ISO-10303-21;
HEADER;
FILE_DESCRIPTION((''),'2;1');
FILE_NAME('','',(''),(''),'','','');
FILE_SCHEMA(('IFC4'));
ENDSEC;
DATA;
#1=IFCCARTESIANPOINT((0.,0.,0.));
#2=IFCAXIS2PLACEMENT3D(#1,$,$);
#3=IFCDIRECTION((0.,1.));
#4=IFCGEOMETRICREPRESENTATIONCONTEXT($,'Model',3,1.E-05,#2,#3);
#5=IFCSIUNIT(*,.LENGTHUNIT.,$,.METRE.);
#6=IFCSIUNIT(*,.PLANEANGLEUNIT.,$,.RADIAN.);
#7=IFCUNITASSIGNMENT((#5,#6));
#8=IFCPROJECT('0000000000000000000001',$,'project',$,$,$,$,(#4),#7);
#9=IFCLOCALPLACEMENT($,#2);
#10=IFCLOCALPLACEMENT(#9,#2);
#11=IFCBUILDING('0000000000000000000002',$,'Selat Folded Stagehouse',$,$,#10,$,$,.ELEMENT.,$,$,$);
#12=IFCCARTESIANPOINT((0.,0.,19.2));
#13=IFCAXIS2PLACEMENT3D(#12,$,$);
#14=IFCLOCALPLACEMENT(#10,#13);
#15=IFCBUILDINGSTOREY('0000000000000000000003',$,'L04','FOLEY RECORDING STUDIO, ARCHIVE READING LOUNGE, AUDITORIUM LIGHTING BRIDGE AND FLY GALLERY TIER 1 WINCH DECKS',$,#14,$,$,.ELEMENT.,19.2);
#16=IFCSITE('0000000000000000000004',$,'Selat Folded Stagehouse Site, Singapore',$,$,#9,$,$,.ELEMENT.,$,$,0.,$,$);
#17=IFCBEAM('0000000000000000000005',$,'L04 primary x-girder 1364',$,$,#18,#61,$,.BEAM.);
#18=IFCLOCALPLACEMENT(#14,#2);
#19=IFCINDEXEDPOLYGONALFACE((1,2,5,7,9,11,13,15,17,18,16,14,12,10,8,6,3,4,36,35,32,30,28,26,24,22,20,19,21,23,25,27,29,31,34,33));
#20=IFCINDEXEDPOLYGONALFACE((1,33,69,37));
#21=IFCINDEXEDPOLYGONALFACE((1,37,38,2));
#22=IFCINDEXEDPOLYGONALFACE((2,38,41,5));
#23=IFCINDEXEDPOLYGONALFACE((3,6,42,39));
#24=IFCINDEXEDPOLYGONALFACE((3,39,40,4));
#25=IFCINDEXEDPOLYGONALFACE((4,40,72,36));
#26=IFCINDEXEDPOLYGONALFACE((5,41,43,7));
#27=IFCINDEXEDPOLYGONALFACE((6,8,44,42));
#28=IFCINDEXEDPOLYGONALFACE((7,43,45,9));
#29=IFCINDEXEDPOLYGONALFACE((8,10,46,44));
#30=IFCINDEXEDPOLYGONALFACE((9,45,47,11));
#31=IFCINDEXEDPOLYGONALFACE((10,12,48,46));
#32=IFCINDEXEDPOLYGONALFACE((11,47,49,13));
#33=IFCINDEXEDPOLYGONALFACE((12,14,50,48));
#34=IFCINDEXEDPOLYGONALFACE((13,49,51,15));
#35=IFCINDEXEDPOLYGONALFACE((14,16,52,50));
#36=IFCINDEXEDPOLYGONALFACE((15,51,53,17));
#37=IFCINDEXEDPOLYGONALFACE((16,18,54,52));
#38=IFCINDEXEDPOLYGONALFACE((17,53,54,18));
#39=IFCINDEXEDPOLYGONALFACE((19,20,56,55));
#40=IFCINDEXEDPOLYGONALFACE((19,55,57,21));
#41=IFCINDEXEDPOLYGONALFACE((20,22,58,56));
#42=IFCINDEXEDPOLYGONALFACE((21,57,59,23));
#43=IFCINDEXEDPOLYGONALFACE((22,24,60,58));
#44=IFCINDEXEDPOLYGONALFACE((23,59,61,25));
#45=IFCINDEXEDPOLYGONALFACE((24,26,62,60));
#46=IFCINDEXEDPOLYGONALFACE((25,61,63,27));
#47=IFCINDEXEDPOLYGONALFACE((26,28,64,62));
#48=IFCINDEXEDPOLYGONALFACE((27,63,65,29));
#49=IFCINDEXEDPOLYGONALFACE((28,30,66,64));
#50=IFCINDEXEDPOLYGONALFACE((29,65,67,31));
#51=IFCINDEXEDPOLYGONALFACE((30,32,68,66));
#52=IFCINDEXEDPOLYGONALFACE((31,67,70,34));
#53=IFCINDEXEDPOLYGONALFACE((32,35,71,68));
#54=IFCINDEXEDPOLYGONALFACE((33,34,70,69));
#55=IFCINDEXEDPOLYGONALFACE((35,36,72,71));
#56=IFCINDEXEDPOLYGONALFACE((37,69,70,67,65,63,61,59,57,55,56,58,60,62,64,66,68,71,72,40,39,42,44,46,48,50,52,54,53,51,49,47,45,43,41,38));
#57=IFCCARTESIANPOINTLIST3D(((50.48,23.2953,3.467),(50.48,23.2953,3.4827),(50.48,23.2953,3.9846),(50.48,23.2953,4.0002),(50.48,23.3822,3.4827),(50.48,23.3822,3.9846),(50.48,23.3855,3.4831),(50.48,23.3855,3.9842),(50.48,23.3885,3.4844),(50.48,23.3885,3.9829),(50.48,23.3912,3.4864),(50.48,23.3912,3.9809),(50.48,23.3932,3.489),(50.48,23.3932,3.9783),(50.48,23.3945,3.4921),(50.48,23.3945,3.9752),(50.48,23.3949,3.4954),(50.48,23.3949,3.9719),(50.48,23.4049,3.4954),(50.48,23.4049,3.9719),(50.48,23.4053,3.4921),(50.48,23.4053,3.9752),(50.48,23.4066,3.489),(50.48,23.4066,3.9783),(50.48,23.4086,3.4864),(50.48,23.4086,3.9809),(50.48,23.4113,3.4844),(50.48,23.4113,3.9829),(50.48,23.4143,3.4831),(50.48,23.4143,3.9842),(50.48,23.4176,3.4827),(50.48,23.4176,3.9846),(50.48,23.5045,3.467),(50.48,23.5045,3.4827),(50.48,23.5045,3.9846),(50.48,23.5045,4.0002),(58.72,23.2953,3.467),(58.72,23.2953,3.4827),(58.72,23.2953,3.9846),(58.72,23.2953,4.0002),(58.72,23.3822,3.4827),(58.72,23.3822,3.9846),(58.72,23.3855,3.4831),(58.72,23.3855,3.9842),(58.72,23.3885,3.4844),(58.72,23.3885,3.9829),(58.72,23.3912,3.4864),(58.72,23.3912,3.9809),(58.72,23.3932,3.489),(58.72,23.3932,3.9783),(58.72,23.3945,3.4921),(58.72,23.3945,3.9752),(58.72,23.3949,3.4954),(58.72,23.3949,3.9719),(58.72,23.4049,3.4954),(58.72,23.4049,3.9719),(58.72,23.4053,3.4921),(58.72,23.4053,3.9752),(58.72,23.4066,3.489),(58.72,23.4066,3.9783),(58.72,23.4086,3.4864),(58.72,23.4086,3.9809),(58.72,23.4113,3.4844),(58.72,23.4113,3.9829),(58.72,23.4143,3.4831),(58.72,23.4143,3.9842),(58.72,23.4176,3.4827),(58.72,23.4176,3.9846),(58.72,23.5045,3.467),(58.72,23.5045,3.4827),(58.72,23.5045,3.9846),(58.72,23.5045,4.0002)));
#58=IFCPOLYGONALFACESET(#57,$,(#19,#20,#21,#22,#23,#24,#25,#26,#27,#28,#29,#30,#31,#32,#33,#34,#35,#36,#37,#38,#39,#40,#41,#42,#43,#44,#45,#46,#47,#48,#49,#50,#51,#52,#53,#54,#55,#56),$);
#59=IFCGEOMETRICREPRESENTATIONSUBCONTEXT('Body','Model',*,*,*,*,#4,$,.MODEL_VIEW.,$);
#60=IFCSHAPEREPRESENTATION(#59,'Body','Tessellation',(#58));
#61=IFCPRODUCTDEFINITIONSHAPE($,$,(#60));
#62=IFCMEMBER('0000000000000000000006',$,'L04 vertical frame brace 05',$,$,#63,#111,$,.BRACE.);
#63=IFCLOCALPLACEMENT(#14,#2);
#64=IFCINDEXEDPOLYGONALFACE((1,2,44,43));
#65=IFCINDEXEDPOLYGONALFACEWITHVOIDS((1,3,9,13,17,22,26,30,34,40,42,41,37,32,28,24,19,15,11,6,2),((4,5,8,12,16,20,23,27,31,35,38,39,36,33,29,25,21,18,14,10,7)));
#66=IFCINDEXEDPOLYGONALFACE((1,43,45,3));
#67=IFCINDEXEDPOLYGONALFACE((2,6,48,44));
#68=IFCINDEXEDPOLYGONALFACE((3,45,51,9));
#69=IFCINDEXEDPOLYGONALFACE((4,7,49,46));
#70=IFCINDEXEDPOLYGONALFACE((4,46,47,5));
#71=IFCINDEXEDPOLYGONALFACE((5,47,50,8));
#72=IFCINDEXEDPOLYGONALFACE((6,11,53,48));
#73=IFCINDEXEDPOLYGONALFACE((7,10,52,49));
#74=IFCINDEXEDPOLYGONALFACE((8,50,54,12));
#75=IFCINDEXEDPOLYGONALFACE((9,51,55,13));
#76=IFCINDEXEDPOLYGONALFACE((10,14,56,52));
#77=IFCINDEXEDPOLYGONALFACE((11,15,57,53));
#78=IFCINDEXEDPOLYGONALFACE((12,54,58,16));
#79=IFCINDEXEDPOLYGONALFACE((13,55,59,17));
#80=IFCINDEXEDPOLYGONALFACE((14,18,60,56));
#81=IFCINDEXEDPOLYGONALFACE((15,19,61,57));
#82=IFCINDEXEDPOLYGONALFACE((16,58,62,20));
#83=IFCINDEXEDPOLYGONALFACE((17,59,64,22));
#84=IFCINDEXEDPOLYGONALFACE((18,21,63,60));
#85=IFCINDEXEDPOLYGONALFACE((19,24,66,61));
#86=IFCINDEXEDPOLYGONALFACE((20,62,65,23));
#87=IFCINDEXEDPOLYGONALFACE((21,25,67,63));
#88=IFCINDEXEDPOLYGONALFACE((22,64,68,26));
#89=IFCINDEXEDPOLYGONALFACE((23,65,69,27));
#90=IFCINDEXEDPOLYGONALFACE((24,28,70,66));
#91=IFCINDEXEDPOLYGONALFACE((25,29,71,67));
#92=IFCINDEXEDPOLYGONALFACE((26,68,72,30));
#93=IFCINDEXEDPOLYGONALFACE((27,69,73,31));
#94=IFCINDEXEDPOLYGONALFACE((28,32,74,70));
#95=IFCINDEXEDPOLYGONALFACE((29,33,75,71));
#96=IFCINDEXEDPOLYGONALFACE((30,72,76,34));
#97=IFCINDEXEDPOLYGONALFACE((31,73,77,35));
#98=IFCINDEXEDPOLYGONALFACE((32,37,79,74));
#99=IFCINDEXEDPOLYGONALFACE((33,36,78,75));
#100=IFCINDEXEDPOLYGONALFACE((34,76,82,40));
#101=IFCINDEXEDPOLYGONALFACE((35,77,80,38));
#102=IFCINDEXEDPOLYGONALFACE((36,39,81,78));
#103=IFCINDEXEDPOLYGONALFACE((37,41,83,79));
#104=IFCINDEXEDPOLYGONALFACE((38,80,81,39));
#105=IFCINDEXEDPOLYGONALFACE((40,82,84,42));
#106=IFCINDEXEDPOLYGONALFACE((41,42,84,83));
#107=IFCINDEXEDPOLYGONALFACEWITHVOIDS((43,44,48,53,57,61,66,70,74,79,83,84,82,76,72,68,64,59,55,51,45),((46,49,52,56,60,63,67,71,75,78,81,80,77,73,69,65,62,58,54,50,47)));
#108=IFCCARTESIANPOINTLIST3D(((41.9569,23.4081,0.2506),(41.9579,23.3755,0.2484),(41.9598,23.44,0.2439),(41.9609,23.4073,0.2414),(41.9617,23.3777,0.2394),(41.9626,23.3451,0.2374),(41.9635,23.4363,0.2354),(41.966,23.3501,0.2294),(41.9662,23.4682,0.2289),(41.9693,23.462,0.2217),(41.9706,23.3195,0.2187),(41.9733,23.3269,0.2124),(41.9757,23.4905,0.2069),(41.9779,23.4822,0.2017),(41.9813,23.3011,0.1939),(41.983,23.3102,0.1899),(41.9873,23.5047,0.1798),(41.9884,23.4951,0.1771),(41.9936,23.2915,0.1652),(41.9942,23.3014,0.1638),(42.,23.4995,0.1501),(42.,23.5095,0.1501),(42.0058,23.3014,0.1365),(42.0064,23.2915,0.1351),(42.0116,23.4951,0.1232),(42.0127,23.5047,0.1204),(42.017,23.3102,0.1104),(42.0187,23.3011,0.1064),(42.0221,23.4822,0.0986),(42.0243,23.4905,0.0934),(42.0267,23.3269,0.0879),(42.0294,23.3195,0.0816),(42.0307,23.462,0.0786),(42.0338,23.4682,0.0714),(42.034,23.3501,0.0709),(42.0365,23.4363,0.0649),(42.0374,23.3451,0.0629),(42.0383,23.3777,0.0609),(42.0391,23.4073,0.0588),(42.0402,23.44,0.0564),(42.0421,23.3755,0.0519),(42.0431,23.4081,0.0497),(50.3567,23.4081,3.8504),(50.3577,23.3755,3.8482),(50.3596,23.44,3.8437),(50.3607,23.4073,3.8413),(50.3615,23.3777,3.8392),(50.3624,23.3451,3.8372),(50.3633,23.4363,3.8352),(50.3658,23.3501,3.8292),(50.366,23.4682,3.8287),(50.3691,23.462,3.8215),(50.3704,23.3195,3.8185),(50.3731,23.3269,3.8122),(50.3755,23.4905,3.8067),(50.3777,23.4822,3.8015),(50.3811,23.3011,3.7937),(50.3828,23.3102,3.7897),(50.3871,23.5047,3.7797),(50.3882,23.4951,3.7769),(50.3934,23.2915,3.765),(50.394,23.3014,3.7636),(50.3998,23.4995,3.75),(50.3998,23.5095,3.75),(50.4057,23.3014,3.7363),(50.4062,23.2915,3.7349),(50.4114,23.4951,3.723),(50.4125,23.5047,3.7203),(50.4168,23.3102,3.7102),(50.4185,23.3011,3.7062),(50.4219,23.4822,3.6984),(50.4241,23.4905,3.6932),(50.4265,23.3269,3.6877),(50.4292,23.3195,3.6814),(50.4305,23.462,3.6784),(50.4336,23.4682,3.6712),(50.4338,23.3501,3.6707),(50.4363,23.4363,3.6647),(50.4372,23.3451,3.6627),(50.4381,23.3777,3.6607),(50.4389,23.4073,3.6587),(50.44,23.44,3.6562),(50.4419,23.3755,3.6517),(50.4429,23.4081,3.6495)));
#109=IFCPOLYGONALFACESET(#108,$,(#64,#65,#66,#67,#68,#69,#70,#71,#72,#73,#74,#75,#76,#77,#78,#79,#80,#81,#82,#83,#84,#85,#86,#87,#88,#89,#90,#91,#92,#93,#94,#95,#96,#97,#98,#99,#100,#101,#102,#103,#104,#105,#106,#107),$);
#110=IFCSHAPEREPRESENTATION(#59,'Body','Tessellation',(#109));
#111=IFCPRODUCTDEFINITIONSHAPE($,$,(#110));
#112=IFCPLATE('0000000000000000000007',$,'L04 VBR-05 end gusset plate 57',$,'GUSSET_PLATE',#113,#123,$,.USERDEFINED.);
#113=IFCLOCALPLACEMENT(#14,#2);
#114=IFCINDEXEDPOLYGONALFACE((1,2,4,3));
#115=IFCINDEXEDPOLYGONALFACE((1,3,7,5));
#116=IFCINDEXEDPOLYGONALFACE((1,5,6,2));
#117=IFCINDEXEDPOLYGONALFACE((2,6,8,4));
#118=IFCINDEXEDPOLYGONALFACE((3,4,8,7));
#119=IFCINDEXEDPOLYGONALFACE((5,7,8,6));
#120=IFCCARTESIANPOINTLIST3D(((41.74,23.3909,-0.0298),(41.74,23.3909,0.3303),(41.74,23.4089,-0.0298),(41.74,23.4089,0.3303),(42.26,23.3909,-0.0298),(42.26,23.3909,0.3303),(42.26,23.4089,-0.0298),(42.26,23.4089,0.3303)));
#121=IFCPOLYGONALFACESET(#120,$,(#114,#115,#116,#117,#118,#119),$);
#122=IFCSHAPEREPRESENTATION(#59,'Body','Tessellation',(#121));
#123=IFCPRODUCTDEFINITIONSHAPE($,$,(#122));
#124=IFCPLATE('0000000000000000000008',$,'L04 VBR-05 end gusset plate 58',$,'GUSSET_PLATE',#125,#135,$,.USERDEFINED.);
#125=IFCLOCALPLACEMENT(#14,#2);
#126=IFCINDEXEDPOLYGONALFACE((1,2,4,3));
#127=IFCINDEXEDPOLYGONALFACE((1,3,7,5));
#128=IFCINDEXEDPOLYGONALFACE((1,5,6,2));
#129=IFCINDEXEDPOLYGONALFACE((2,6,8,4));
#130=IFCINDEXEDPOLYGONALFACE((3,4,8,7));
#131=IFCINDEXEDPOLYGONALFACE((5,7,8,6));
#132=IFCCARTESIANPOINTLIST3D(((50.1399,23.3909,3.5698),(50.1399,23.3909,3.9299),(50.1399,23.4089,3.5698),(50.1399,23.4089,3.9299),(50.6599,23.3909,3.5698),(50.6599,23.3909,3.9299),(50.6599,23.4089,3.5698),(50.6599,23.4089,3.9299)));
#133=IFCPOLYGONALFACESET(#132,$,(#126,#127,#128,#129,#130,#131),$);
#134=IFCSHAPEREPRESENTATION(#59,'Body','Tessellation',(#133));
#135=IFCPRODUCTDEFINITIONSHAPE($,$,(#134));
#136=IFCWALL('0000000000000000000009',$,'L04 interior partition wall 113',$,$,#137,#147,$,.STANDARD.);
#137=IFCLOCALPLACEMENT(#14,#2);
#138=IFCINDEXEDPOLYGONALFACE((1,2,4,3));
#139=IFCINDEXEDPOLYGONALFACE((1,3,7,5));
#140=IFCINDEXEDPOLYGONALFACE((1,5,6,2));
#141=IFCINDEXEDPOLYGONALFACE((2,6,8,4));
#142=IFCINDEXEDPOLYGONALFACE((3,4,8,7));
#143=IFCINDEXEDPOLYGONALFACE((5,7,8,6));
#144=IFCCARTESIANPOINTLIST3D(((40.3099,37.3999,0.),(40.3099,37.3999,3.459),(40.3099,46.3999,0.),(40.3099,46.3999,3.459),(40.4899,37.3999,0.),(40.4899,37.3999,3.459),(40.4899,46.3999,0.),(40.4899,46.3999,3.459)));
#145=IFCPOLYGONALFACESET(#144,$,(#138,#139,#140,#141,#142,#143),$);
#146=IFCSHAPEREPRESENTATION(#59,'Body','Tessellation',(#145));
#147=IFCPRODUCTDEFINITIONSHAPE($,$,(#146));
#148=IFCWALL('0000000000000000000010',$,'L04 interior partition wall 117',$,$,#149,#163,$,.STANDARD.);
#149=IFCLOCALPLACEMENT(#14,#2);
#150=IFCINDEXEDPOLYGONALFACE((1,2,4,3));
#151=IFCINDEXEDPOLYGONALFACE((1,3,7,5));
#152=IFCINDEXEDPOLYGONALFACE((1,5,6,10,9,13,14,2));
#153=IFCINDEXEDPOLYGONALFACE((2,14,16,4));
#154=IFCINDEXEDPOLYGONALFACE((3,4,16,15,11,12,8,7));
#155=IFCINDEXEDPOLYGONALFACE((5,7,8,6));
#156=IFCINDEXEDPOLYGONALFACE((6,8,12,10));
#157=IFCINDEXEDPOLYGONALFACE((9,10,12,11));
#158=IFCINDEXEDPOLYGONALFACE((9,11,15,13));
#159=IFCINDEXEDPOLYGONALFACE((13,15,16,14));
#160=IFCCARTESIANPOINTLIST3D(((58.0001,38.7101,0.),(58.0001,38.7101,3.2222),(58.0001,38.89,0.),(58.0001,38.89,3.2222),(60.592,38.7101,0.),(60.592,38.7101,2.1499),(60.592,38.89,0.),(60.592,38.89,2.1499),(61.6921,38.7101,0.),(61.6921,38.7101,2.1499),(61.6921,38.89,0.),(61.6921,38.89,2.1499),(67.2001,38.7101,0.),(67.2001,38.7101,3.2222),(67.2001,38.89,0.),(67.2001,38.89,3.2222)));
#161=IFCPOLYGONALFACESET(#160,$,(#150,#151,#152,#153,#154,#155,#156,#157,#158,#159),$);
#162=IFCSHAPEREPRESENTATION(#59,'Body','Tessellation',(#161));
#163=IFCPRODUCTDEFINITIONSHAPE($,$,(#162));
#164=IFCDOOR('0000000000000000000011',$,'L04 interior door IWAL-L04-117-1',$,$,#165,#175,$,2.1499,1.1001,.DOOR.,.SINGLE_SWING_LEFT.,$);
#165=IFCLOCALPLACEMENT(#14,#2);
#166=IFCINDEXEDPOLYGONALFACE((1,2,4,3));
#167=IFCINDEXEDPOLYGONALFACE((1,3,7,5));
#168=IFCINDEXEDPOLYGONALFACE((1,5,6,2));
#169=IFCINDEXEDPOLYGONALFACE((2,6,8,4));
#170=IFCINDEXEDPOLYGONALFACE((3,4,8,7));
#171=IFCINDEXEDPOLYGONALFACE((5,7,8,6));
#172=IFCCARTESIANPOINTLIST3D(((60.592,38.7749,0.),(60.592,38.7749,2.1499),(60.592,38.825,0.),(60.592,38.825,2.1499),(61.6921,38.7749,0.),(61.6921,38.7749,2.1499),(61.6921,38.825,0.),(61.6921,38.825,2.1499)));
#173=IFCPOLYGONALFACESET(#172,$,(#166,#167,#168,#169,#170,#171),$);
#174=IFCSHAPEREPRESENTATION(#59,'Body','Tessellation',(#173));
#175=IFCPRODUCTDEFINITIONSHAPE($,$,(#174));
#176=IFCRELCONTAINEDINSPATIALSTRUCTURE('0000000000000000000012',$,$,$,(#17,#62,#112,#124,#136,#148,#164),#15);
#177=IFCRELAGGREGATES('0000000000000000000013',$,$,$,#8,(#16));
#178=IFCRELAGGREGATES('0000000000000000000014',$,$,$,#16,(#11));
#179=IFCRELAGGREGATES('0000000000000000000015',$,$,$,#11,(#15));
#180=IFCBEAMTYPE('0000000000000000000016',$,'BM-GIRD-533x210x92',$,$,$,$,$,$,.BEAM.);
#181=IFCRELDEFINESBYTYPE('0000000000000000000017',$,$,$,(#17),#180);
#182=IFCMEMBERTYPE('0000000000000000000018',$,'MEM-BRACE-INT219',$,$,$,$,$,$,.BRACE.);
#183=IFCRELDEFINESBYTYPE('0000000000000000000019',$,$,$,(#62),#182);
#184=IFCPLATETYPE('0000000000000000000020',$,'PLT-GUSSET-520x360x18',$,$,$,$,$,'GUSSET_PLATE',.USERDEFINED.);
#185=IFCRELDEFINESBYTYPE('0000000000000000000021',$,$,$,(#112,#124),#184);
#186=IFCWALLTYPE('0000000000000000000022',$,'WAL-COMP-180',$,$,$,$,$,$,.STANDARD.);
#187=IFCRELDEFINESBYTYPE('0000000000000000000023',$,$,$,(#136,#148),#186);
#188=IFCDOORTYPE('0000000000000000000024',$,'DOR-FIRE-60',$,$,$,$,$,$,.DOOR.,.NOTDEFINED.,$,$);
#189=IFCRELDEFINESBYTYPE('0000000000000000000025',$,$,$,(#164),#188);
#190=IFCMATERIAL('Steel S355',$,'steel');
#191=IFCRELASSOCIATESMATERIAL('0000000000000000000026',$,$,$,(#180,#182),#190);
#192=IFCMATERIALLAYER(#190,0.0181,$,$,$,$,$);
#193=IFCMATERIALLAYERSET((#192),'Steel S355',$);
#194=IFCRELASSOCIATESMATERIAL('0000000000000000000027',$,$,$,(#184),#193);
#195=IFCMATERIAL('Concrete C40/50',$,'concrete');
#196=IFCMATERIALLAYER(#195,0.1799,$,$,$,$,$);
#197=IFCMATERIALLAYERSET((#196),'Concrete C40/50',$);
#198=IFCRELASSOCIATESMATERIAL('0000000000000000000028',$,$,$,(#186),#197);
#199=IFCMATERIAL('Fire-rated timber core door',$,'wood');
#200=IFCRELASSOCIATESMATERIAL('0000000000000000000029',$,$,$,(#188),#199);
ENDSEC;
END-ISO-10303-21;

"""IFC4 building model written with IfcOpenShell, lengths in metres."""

from ifc_helpers import new_model, si_unit, direction, frame, frame_2d, origin, origin_2d, place, context, subcontext, project, spatial, rectangle, hollow_circle, i_section, extrude, material, layer, layer_set, material_profile, profile_set, type_object, element, fill, save


model = new_model("IFC4")

# Units and contexts
model_context = context("Model", 3, precision=1e-05, world=origin(), true_north=direction((0.0, 1.0)))
body_context = subcontext(model_context, "Body", "Model", "MODEL_VIEW")
ifc_project = project(units=[si_unit("LENGTHUNIT", "METRE"), si_unit("PLANEANGLEUNIT", "RADIAN")], contexts=[model_context])

# Site, building, storey
site_placement = place(None, origin())
site = spatial("IfcSite", under=ifc_project, at=site_placement, Name="Selat Folded Stagehouse Site, Singapore", CompositionType="ELEMENT", RefElevation=0.0)
building_placement = place(site_placement, origin())
building = spatial("IfcBuilding", under=site, at=building_placement, Name="Selat Folded Stagehouse", CompositionType="ELEMENT")
storey_placement = place(building_placement, frame((0.0, 0.0, 19.2)))
storey = spatial("IfcBuildingStorey", under=building, at=storey_placement, Name="L04", Description="FOLEY RECORDING STUDIO, ARCHIVE READING LOUNGE, AUDITORIUM LIGHTING BRIDGE AND FLY GALLERY TIER 1 WINCH DECKS", CompositionType="ELEMENT", Elevation=19.2)

# Shared definitions
ifc_material_1 = material(Name="Steel S355", Category="steel")

# Beam
ifc_material_profile_1 = material_profile(ifc_material_1, i_section(OverallWidth=0.2092, OverallDepth=0.5332, WebThickness=0.01, FlangeThickness=0.0156, FilletRadius=0.0127, at=origin_2d()), Name="UKB 533x210x92")
ifc_profile_set_1 = profile_set([ifc_material_profile_1], Name="Steel S355")
beam_type = type_object("IfcBeamType", Name="BM-GIRD-533x210x92", PredefinedType="BEAM", material=ifc_profile_set_1)
for number, where, z_axis, x_axis, name in (
    (1, (50.48, 23.3999, 3.7336), (1.0, 0.0, 0.0), (0.0, 1.0, 0.0), "L04 primary x-girder 1364"),
):
    element("IfcBeam", number, at=place(storey_placement, frame(where, z_axis=z_axis, x_axis=x_axis)), inside=storey, type_object=beam_type, Name=name, PredefinedType="BEAM", context=body_context, shape_type="SweptSolid", body=[
        extrude(i_section(OverallWidth=0.2092, OverallDepth=0.5332, WebThickness=0.01, FlangeThickness=0.0156, FilletRadius=0.0127, at=origin_2d()), origin(), (0.0, 0.0, 1.0), 8.24),
    ])

# Member
ifc_material_profile_2 = material_profile(ifc_material_1, hollow_circle(Radius=0.1096, WallThickness=0.01, at=origin_2d()), Name="CHS 219.1x10.0")
ifc_profile_set_2 = profile_set([ifc_material_profile_2], Name="Steel S355")
member_type = type_object("IfcMemberType", Name="MEM-BRACE-INT219", PredefinedType="BRACE", material=ifc_profile_set_2)
member_placement = place(storey_placement, frame((42.0, 23.3999, 0.1501), z_axis=(0.919149, 0.0, 0.39391), x_axis=(0.0, 1.0, 0.0)))
element("IfcMember", 2, at=member_placement, inside=storey, type_object=member_type, Name="L04 vertical frame brace 05", PredefinedType="BRACE", context=body_context, shape_type="SweptSolid", body=[
    extrude(hollow_circle(Radius=0.1096, WallThickness=0.01, at=origin_2d()), origin(), (0.0, 0.0, 1.0), 9.1387),
])

# Plates
ifc_layer_1 = layer(ifc_material_1, 0.0181)
ifc_layer_set_1 = layer_set([ifc_layer_1], Name="Steel S355")
plate_type = type_object("IfcPlateType", Name="PLT-GUSSET-520x360x18", ElementType="GUSSET_PLATE", PredefinedType="USERDEFINED", material=ifc_layer_set_1)
for number, where, z_axis, x_axis, name in (
    (3, (42.0, 23.3999, -0.0298), (0.0, 0.0, 1.0), (1.0, 0.0, 0.0), "L04 VBR-05 end gusset plate 57"),
    (4, (50.3999, 23.3999, 3.5698), (0.0, 0.0, 1.0), (1.0, 0.0, 0.0), "L04 VBR-05 end gusset plate 58"),
):
    element("IfcPlate", number, at=place(storey_placement, frame(where, z_axis=z_axis, x_axis=x_axis)), inside=storey, type_object=plate_type, Name=name, ObjectType="GUSSET_PLATE", PredefinedType="USERDEFINED", context=body_context, shape_type="SweptSolid", body=[
        extrude(rectangle(XDim=0.52, YDim=0.0181, at=origin_2d()), origin(), (0.0, 0.0, 1.0), 0.3601),
    ])

# Wall
ifc_material_2 = material(Name="Concrete C40/50", Category="concrete")
ifc_layer_2 = layer(ifc_material_2, 0.1799)
ifc_layer_set_2 = layer_set([ifc_layer_2], Name="Concrete C40/50")
wall_type_1 = type_object("IfcWallType", Name="WAL-COMP-180", PredefinedType="STANDARD", material=ifc_layer_set_2)
wall_1_placement = place(storey_placement, frame((40.3999, 37.3999, 0.0), z_axis=(0.0, 0.0, 1.0), x_axis=(0.0, 1.0, 0.0)))
element("IfcWall", 5, at=wall_1_placement, inside=storey, type_object=wall_type_1, Name="L04 interior partition wall 113", PredefinedType="STANDARD", context=body_context, shape_type="SweptSolid", body=[
    extrude(rectangle(XDim=9.0, YDim=0.1799, at=frame_2d((4.5, 0.0))), origin(), (0.0, 0.0, 1.0), 3.459),
])

# Wall, opening, door
ifc_material_3 = material(Name="Fire-rated timber core door", Category="wood")
door_type_1 = type_object("IfcDoorType", Name="DOR-FIRE-60", OperationType="NOTDEFINED", PredefinedType="DOOR", material=ifc_material_3)
wall_2_placement = place(storey_placement, frame((58.0, 38.8, 0.0), z_axis=(0.0, 0.0, 1.0), x_axis=(1.0, 0.0, 0.0)))
wall_2 = element("IfcWall", 6, at=wall_2_placement, inside=storey, type_object=wall_type_1, Name="L04 interior partition wall 117", PredefinedType="STANDARD", context=body_context, shape_type="SweptSolid", body=[
    extrude(rectangle(XDim=9.2, YDim=0.1799, at=frame_2d((4.6001, 0.0))), origin(), (0.0, 0.0, 1.0), 3.2222),
])
opening_1_placement = place(wall_2_placement, frame((2.592, 0.0, 0.0)))
opening_1 = element("IfcOpeningElement", 7, at=opening_1_placement, cuts=wall_2, PredefinedType="OPENING", context=body_context, shape_type="SweptSolid", body=[
    extrude(rectangle(XDim=1.1001, YDim=2.1499, at=frame_2d((0.55, 1.075))), frame((0.0, 0.0999, 0.0), z_axis=(0.0, -1.0, 0.0), x_axis=(1.0, 0.0, 0.0)), (0.0, 0.0, 1.0), 0.2),
])
door_1_placement = place(opening_1_placement, origin())
door_1 = element("IfcDoor", 8, at=door_1_placement, inside=storey, type_object=door_type_1, Name="L04 interior door IWAL-L04-117-1", OperationType="SINGLE_SWING_LEFT", OverallHeight=2.1499, OverallWidth=1.1001, PredefinedType="DOOR", context=body_context, shape_type="SweptSolid", body=[
    extrude(rectangle(XDim=1.1001, YDim=2.1499, at=frame_2d((0.55, 1.075))), frame((0.0, 0.0249, 0.0), z_axis=(0.0, -1.0, 0.0), x_axis=(1.0, 0.0, 0.0)), (0.0, 0.0, 1.0), 0.05),
])
fill(opening_1, door_1)

save(model, "model.ifc")
